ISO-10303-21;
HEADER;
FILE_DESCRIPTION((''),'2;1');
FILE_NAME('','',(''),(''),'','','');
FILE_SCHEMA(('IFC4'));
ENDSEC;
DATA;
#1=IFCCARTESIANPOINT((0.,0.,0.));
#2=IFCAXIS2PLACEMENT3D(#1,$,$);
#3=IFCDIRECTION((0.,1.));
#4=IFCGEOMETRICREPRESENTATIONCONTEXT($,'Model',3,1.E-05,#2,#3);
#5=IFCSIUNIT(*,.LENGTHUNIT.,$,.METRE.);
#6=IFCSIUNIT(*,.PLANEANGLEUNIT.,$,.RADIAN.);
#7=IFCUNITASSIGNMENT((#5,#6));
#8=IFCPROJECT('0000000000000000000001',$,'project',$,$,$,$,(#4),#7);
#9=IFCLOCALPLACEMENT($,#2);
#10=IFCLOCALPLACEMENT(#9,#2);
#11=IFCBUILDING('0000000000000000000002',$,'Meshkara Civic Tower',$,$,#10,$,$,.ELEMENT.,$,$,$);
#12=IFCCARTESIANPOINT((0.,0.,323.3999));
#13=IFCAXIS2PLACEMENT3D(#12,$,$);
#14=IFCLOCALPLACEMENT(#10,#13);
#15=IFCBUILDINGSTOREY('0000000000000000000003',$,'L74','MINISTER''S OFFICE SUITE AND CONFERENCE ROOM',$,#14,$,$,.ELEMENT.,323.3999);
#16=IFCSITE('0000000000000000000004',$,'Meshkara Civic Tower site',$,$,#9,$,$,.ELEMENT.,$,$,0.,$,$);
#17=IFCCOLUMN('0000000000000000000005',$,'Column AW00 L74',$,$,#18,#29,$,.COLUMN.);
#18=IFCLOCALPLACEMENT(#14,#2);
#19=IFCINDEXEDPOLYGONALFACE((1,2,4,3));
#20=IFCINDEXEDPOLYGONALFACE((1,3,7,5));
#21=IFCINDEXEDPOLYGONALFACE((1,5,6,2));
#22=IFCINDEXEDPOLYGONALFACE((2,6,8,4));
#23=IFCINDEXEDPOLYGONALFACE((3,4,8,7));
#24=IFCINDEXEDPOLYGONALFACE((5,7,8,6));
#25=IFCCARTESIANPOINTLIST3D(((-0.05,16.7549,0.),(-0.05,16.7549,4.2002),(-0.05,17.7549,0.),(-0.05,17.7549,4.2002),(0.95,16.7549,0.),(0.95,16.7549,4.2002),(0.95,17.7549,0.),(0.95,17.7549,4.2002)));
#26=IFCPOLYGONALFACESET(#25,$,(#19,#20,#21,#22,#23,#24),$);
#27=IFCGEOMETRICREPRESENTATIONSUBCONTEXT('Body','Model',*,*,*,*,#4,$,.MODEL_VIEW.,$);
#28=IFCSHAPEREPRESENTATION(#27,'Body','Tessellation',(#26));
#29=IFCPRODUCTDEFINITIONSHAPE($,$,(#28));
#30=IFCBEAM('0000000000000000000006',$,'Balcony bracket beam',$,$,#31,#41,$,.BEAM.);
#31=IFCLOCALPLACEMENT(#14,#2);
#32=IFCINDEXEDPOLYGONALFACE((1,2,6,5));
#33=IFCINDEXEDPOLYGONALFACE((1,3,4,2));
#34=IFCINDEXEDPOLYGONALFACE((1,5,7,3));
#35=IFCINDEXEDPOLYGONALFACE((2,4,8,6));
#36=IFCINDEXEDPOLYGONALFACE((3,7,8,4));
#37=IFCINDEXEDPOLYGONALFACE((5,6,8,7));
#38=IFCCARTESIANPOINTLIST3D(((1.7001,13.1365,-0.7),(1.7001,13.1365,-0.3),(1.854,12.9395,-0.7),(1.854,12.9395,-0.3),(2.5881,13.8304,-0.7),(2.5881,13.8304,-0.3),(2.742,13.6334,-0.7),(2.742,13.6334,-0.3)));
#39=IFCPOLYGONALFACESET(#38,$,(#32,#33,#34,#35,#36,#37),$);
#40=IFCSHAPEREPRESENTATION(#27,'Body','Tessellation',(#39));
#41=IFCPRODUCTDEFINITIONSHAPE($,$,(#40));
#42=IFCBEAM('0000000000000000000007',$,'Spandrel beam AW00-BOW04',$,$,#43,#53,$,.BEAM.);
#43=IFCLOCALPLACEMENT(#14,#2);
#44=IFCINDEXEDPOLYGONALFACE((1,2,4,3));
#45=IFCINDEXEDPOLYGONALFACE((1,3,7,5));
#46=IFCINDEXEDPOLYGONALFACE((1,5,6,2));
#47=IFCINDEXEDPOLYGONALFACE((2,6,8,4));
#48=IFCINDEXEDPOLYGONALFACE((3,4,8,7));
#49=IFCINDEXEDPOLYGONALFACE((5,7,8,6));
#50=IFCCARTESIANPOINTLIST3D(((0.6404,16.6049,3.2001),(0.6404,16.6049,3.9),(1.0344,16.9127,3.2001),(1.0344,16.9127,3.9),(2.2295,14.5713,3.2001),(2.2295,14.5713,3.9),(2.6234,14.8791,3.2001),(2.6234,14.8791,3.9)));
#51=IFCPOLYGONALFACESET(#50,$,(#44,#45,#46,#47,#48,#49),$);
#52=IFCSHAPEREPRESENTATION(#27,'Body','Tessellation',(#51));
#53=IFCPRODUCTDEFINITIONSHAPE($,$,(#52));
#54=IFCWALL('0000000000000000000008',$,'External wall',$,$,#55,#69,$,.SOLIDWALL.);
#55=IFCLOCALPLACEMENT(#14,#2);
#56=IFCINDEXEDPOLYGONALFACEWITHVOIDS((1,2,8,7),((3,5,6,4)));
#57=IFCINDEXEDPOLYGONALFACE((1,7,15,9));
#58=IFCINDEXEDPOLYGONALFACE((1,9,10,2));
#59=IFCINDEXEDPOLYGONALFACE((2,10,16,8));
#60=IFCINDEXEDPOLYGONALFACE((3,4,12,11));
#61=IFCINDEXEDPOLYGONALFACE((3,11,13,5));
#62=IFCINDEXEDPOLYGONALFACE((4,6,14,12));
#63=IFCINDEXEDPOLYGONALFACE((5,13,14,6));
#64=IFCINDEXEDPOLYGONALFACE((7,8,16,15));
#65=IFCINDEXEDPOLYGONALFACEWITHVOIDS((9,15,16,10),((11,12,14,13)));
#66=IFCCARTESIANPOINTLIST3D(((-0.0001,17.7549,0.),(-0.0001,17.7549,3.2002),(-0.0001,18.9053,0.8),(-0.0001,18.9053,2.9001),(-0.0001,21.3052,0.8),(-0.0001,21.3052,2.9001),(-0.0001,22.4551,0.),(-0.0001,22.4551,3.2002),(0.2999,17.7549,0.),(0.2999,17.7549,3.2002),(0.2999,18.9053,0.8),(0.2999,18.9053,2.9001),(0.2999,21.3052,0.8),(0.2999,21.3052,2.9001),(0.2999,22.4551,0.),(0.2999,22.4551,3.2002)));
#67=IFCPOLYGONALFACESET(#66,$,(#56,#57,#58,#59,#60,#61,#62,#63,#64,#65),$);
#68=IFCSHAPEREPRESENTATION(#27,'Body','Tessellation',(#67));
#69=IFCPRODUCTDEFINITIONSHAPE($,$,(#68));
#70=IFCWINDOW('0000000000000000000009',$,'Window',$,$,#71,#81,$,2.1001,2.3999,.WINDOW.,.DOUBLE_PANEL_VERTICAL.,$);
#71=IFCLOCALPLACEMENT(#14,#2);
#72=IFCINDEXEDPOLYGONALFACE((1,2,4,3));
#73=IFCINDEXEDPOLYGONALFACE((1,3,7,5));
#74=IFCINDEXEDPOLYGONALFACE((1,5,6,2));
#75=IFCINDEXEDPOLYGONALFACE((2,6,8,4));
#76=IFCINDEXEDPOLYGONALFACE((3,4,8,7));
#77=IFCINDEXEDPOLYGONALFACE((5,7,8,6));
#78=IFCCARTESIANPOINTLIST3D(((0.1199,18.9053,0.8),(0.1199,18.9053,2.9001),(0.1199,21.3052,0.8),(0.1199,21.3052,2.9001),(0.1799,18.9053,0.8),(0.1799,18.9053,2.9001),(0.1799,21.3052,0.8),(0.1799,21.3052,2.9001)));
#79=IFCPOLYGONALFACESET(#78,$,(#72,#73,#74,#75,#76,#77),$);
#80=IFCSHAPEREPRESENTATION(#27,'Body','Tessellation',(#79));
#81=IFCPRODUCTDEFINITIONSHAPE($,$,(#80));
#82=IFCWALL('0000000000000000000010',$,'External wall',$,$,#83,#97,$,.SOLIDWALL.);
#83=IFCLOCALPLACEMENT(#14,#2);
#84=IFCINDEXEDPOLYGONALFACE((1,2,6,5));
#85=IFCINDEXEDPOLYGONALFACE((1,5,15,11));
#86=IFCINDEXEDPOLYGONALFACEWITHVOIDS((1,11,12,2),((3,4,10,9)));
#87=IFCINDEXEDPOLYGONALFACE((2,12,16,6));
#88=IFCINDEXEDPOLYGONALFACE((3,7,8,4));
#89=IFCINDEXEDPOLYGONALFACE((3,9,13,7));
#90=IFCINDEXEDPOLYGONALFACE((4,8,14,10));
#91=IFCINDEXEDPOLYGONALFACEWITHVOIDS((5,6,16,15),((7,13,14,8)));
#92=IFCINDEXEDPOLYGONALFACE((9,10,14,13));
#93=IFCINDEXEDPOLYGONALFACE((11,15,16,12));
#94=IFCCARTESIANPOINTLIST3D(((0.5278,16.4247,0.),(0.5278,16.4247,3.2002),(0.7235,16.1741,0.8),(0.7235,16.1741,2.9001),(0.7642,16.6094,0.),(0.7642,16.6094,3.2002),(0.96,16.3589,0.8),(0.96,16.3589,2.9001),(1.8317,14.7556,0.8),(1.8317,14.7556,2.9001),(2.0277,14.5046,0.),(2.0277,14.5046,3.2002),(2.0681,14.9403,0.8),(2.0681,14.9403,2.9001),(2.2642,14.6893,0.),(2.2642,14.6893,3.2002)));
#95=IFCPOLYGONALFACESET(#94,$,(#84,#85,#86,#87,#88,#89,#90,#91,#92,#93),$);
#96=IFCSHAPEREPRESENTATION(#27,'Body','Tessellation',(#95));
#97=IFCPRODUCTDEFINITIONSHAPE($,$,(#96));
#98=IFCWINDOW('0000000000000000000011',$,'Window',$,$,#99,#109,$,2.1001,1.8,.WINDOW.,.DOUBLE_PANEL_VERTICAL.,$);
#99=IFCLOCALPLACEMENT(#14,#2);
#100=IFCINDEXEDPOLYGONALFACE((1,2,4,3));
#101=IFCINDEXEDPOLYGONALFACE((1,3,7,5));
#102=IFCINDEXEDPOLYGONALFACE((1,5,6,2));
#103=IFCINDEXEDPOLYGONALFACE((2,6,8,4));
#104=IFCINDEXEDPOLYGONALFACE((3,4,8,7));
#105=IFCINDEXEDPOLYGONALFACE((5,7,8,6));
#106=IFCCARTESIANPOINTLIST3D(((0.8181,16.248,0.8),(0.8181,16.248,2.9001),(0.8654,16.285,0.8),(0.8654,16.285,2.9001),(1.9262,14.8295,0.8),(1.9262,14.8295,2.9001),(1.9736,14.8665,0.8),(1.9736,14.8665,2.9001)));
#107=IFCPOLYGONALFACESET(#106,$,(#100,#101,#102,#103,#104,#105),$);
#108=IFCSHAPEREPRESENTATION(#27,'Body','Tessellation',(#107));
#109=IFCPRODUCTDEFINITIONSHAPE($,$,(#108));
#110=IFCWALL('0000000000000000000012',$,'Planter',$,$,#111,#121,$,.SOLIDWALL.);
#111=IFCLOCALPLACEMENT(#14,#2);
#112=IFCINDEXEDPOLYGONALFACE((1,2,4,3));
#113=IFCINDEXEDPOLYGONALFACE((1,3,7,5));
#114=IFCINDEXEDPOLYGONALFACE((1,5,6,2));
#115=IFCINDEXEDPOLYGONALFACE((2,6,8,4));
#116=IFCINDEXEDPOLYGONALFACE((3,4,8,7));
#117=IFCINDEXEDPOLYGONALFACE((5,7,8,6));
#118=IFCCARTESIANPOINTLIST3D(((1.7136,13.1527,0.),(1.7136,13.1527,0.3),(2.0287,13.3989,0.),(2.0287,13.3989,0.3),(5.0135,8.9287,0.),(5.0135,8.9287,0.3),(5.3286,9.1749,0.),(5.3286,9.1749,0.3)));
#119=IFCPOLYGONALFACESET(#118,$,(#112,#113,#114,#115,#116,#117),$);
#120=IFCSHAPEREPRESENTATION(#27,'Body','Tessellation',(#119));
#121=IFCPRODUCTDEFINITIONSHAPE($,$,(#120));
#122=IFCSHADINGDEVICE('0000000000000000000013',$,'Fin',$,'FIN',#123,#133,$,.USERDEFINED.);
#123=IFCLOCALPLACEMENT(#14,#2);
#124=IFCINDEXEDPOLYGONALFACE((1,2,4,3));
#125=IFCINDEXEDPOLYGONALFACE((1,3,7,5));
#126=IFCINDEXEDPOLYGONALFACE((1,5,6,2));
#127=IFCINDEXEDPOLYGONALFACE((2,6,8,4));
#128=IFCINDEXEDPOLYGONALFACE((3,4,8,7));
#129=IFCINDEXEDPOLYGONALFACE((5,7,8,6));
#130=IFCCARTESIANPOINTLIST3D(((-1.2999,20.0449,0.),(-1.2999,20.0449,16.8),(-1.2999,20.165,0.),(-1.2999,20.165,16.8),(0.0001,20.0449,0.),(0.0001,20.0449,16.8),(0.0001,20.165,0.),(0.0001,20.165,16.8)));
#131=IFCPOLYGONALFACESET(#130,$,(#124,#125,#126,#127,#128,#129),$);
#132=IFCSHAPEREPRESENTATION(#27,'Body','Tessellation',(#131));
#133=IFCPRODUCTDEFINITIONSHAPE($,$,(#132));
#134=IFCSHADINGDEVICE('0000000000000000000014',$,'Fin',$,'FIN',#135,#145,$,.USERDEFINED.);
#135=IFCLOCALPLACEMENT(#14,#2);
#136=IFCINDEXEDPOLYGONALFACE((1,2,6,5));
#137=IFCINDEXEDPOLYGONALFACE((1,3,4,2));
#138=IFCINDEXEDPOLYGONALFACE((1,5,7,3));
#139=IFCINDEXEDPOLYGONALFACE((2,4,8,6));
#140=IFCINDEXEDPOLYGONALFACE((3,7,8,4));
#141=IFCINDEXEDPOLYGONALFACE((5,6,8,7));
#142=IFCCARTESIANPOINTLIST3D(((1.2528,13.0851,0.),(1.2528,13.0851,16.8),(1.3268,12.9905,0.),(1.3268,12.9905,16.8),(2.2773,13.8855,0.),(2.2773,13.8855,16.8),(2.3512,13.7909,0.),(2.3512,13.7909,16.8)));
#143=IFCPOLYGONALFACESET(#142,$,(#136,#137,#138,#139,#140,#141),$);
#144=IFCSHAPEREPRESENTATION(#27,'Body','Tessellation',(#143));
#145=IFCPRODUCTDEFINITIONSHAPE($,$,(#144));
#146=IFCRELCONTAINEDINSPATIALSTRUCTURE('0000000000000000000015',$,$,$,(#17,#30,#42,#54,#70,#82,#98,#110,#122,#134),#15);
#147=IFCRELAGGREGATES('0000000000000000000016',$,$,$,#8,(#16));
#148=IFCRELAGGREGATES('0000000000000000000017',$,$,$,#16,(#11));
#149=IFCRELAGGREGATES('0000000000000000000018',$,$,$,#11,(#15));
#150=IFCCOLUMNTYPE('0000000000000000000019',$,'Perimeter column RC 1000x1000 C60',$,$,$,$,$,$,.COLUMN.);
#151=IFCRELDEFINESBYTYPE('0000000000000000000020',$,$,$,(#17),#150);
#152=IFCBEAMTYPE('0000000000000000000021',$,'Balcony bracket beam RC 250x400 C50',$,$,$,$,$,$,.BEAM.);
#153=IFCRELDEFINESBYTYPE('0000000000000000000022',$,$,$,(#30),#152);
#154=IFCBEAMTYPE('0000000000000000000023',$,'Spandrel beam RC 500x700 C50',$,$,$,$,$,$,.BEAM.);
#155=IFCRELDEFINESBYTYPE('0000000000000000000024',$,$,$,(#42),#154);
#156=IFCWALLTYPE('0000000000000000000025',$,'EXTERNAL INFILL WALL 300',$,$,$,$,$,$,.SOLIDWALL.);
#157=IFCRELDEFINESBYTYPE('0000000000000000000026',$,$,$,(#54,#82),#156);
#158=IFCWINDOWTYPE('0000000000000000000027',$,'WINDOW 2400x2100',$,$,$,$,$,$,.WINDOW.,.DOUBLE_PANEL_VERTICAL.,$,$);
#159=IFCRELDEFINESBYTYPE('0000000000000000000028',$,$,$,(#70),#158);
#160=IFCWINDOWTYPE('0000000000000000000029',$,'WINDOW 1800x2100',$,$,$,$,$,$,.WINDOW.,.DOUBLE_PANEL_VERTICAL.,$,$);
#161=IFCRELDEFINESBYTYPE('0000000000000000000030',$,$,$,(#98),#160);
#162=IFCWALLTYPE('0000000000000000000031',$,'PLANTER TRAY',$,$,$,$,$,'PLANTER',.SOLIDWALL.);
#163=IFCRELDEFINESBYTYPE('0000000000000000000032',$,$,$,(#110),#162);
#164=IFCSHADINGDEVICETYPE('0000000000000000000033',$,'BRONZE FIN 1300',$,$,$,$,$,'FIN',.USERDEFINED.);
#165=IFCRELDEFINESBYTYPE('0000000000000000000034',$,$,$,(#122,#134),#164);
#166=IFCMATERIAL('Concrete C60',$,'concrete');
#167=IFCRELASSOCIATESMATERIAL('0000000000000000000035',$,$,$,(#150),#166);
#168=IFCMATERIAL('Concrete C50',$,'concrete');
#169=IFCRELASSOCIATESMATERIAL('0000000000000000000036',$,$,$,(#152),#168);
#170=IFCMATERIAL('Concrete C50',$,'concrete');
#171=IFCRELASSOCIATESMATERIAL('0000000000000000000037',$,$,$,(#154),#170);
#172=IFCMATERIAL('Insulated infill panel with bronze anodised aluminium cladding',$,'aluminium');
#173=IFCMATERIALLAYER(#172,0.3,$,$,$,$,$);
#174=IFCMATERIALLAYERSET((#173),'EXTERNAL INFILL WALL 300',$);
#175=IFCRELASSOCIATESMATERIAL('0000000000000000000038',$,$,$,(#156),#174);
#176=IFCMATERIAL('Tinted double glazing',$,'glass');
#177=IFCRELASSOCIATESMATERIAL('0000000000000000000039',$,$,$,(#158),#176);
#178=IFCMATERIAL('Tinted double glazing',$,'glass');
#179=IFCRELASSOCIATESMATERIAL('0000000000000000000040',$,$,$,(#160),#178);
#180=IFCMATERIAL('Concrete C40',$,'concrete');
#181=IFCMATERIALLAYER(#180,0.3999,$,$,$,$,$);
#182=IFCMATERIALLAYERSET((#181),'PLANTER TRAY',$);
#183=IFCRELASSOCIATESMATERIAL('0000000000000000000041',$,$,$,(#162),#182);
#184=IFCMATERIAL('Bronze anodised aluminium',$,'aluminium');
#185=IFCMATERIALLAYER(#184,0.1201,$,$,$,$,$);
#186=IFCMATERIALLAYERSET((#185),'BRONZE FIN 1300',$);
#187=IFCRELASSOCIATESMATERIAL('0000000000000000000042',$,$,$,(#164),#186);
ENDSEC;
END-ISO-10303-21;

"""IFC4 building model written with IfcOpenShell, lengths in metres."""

from ifc_helpers import new_model, si_unit, direction, frame, frame_2d, origin, origin_2d, place, context, subcontext, project, spatial, rectangle, extrude, material, layer, layer_set, material_profile, profile_set, type_object, element, fill, save


model = new_model("IFC4")

# Units and contexts
model_context = context("Model", 3, precision=1e-05, world=origin(), true_north=direction((0.0, 1.0)))
body_context = subcontext(model_context, "Body", "Model", "MODEL_VIEW")
ifc_project = project(units=[si_unit("LENGTHUNIT", "METRE"), si_unit("PLANEANGLEUNIT", "RADIAN")], contexts=[model_context])

# Site, building, storey
site_placement = place(None, origin())
site = spatial("IfcSite", under=ifc_project, at=site_placement, Name="Meshkara Civic Tower site", CompositionType="ELEMENT", RefElevation=0.0)
building_placement = place(site_placement, origin())
building = spatial("IfcBuilding", under=site, at=building_placement, Name="Meshkara Civic Tower", CompositionType="ELEMENT")
storey_placement = place(building_placement, frame((0.0, 0.0, 323.3999)))
storey = spatial("IfcBuildingStorey", under=building, at=storey_placement, Name="L74", Description="MINISTER'S OFFICE SUITE AND CONFERENCE ROOM", CompositionType="ELEMENT", Elevation=323.3999)

# Column
ifc_material_1 = material(Name="Concrete C60", Category="concrete")
ifc_material_profile_1 = material_profile(ifc_material_1, rectangle(XDim=1.0, YDim=1.0, at=origin_2d()))
ifc_profile_set_1 = profile_set([ifc_material_profile_1], Name="Concrete C60")
column_type = type_object("IfcColumnType", Name="Perimeter column RC 1000x1000 C60", PredefinedType="COLUMN", material=ifc_profile_set_1)
column_placement = place(storey_placement, frame((0.45, 17.2549, 0.0), z_axis=(0.0, 0.0, 1.0), x_axis=(1.0, 0.0, 0.0)))
element("IfcColumn", 1, at=column_placement, inside=storey, type_object=column_type, Name="Column AW00 L74", PredefinedType="COLUMN", context=body_context, shape_type="SweptSolid", body=[
    extrude(rectangle(XDim=1.0, YDim=1.0, at=origin_2d()), origin(), (0.0, 0.0, 1.0), 4.2002),
])

# Beams
ifc_material_2 = material(Name="Concrete C50", Category="concrete")
ifc_material_profile_2 = material_profile(ifc_material_2, rectangle(XDim=0.25, YDim=0.3999, at=origin_2d()))
ifc_profile_set_2 = profile_set([ifc_material_profile_2], Name="Concrete C50")
beam_type_1 = type_object("IfcBeamType", Name="Balcony bracket beam RC 250x400 C50", PredefinedType="BEAM", material=ifc_profile_set_2)
beam_1_placement = place(storey_placement, frame((2.665, 13.7319, -0.5), z_axis=(-0.787962, -0.615724, 0.0), x_axis=(0.615724, -0.787962, 0.0)))
element("IfcBeam", 2, at=beam_1_placement, inside=storey, type_object=beam_type_1, Name="Balcony bracket beam", PredefinedType="BEAM", context=body_context, shape_type="SweptSolid", body=[
    extrude(rectangle(XDim=0.25, YDim=0.3999, at=origin_2d()), origin(), (0.0, 0.0, 1.0), 1.127),
])
ifc_material_3 = material(Name="Concrete C50", Category="concrete")
ifc_material_profile_3 = material_profile(ifc_material_3, rectangle(XDim=0.5, YDim=0.7, at=origin_2d()))
ifc_profile_set_3 = profile_set([ifc_material_profile_3], Name="Concrete C50")
beam_type_2 = type_object("IfcBeamType", Name="Spandrel beam RC 500x700 C50", PredefinedType="BEAM", material=ifc_profile_set_3)
beam_2_placement = place(storey_placement, frame((0.8374, 16.7588, 3.55), z_axis=(0.615714, -0.78797, 0.0), x_axis=(0.78797, 0.615714, 0.0)))
element("IfcBeam", 3, at=beam_2_placement, inside=storey, type_object=beam_type_2, Name="Spandrel beam AW00-BOW04", PredefinedType="BEAM", context=body_context, shape_type="SweptSolid", body=[
    extrude(rectangle(XDim=0.5, YDim=0.7, at=origin_2d()), origin(), (0.0, 0.0, 1.0), 2.5808),
])

# Walls, openings, windows
ifc_material_4 = material(Name="Insulated infill panel with bronze anodised aluminium cladding", Category="aluminium")
ifc_layer_1 = layer(ifc_material_4, 0.3)
ifc_layer_set_1 = layer_set([ifc_layer_1], Name="EXTERNAL INFILL WALL 300")
wall_type_1 = type_object("IfcWallType", Name="EXTERNAL INFILL WALL 300", PredefinedType="SOLIDWALL", material=ifc_layer_set_1)
wall_1_placement = place(storey_placement, frame((0.1499, 22.4551, 0.0), z_axis=(0.0, 0.0, 1.0), x_axis=(0.0, -1.0, 0.0)))
wall_1 = element("IfcWall", 4, at=wall_1_placement, inside=storey, type_object=wall_type_1, Name="External wall", PredefinedType="SOLIDWALL", context=body_context, shape_type="SweptSolid", body=[
    extrude(rectangle(XDim=4.7002, YDim=0.3, at=frame_2d((2.3501, 0.0))), origin(), (0.0, 0.0, 1.0), 3.2002),
])
opening_1_placement = place(wall_1_placement, frame((1.1499, 0.0, 0.8)))
opening_1 = element("IfcOpeningElement", 5, at=opening_1_placement, cuts=wall_1, PredefinedType="OPENING", context=body_context, shape_type="SweptSolid", body=[
    extrude(rectangle(XDim=2.3999, YDim=2.1001, at=frame_2d((1.2, 1.05))), frame((0.0, 0.1599, 0.0), z_axis=(0.0, -1.0, 0.0), x_axis=(1.0, 0.0, 0.0)), (0.0, 0.0, 1.0), 0.3201),
])
ifc_material_5 = material(Name="Tinted double glazing", Category="glass")
window_type_1 = type_object("IfcWindowType", Name="WINDOW 2400x2100", PartitioningType="DOUBLE_PANEL_VERTICAL", PredefinedType="WINDOW", material=ifc_material_5)
window_1_placement = place(opening_1_placement, origin())
window_1 = element("IfcWindow", 6, at=window_1_placement, inside=storey, type_object=window_type_1, Name="Window", OverallHeight=2.1001, OverallWidth=2.3999, PartitioningType="DOUBLE_PANEL_VERTICAL", PredefinedType="WINDOW", context=body_context, shape_type="SweptSolid", body=[
    extrude(rectangle(XDim=2.3999, YDim=2.1001, at=frame_2d((1.2, 1.05))), frame((0.0, 0.03, 0.0), z_axis=(0.0, -1.0, 0.0), x_axis=(1.0, 0.0, 0.0)), (0.0, 0.0, 1.0), 0.0601),
])
fill(opening_1, window_1)
wall_2_placement = place(storey_placement, frame((0.646, 16.5171, 0.0), z_axis=(0.0, 0.0, 1.0), x_axis=(0.615611, -0.78805, 0.0)))
wall_2 = element("IfcWall", 7, at=wall_2_placement, inside=storey, type_object=wall_type_1, Name="External wall", PredefinedType="SOLIDWALL", context=body_context, shape_type="SweptSolid", body=[
    extrude(rectangle(XDim=2.4365, YDim=0.3, at=frame_2d((1.2183, 0.0))), origin(), (0.0, 0.0, 1.0), 3.2002),
])
opening_2_placement = place(wall_2_placement, frame((0.3181, 0.0, 0.8)))
opening_2 = element("IfcOpeningElement", 8, at=opening_2_placement, cuts=wall_2, PredefinedType="OPENING", context=body_context, shape_type="SweptSolid", body=[
    extrude(rectangle(XDim=1.8, YDim=2.1001, at=frame_2d((0.8999, 1.05))), frame((0.0, 0.1599, 0.0), z_axis=(0.0, -1.0, 0.0), x_axis=(1.0, 0.0, 0.0)), (0.0, 0.0, 1.0), 0.3201),
])
ifc_material_6 = material(Name="Tinted double glazing", Category="glass")
window_type_2 = type_object("IfcWindowType", Name="WINDOW 1800x2100", PartitioningType="DOUBLE_PANEL_VERTICAL", PredefinedType="WINDOW", material=ifc_material_6)
window_2_placement = place(opening_2_placement, origin())
window_2 = element("IfcWindow", 9, at=window_2_placement, inside=storey, type_object=window_type_2, Name="Window", OverallHeight=2.1001, OverallWidth=1.8, PartitioningType="DOUBLE_PANEL_VERTICAL", PredefinedType="WINDOW", context=body_context, shape_type="SweptSolid", body=[
    extrude(rectangle(XDim=1.8, YDim=2.1001, at=frame_2d((0.8999, 1.05))), frame((0.0, 0.03, 0.0), z_axis=(0.0, -1.0, 0.0), x_axis=(1.0, 0.0, 0.0)), (0.0, 0.0, 1.0), 0.0601),
])
fill(opening_2, window_2)

# Wall
ifc_material_7 = material(Name="Concrete C40", Category="concrete")
ifc_layer_2 = layer(ifc_material_7, 0.3999)
ifc_layer_set_2 = layer_set([ifc_layer_2], Name="PLANTER TRAY")
wall_type_2 = type_object("IfcWallType", Name="PLANTER TRAY", ElementType="PLANTER", PredefinedType="SOLIDWALL", material=ifc_layer_set_2)
wall_3_placement = place(storey_placement, frame((1.8711, 13.2759, 0.0), z_axis=(0.0, 0.0, 1.0), x_axis=(0.615633, -0.788033, 0.0)))
element("IfcWall", 10, at=wall_3_placement, inside=storey, type_object=wall_type_2, Name="Planter", PredefinedType="SOLIDWALL", context=body_context, shape_type="SweptSolid", body=[
    extrude(rectangle(XDim=5.3601, YDim=0.3999, at=frame_2d((2.6802, 0.0))), origin(), (0.0, 0.0, 1.0), 0.3),
])

# Shading devices
ifc_material_8 = material(Name="Bronze anodised aluminium", Category="aluminium")
ifc_layer_3 = layer(ifc_material_8, 0.1201)
ifc_layer_set_3 = layer_set([ifc_layer_3], Name="BRONZE FIN 1300")
shading_device_type = type_object("IfcShadingDeviceType", Name="BRONZE FIN 1300", ElementType="FIN", PredefinedType="USERDEFINED", material=ifc_layer_set_3)
for number, where, z_axis, x_axis, name in (
    (11, (-0.6499, 20.105, 0.0), (0.0, 0.0, 1.0), (0.0, -1.0, 0.0), "Fin"),
    (12, (1.802, 13.438, 0.0), (0.0, 0.0, 1.0), (0.615661, -0.788011, 0.0), "Fin"),
):
    element("IfcShadingDevice", number, at=place(storey_placement, frame(where, z_axis=z_axis, x_axis=x_axis)), inside=storey, type_object=shading_device_type, Name=name, ObjectType="FIN", PredefinedType="USERDEFINED", context=body_context, shape_type="SweptSolid", body=[
        extrude(rectangle(XDim=0.1201, YDim=1.3, at=origin_2d()), origin(), (0.0, 0.0, 1.0), 16.8),
    ])

save(model, "model.ifc")
